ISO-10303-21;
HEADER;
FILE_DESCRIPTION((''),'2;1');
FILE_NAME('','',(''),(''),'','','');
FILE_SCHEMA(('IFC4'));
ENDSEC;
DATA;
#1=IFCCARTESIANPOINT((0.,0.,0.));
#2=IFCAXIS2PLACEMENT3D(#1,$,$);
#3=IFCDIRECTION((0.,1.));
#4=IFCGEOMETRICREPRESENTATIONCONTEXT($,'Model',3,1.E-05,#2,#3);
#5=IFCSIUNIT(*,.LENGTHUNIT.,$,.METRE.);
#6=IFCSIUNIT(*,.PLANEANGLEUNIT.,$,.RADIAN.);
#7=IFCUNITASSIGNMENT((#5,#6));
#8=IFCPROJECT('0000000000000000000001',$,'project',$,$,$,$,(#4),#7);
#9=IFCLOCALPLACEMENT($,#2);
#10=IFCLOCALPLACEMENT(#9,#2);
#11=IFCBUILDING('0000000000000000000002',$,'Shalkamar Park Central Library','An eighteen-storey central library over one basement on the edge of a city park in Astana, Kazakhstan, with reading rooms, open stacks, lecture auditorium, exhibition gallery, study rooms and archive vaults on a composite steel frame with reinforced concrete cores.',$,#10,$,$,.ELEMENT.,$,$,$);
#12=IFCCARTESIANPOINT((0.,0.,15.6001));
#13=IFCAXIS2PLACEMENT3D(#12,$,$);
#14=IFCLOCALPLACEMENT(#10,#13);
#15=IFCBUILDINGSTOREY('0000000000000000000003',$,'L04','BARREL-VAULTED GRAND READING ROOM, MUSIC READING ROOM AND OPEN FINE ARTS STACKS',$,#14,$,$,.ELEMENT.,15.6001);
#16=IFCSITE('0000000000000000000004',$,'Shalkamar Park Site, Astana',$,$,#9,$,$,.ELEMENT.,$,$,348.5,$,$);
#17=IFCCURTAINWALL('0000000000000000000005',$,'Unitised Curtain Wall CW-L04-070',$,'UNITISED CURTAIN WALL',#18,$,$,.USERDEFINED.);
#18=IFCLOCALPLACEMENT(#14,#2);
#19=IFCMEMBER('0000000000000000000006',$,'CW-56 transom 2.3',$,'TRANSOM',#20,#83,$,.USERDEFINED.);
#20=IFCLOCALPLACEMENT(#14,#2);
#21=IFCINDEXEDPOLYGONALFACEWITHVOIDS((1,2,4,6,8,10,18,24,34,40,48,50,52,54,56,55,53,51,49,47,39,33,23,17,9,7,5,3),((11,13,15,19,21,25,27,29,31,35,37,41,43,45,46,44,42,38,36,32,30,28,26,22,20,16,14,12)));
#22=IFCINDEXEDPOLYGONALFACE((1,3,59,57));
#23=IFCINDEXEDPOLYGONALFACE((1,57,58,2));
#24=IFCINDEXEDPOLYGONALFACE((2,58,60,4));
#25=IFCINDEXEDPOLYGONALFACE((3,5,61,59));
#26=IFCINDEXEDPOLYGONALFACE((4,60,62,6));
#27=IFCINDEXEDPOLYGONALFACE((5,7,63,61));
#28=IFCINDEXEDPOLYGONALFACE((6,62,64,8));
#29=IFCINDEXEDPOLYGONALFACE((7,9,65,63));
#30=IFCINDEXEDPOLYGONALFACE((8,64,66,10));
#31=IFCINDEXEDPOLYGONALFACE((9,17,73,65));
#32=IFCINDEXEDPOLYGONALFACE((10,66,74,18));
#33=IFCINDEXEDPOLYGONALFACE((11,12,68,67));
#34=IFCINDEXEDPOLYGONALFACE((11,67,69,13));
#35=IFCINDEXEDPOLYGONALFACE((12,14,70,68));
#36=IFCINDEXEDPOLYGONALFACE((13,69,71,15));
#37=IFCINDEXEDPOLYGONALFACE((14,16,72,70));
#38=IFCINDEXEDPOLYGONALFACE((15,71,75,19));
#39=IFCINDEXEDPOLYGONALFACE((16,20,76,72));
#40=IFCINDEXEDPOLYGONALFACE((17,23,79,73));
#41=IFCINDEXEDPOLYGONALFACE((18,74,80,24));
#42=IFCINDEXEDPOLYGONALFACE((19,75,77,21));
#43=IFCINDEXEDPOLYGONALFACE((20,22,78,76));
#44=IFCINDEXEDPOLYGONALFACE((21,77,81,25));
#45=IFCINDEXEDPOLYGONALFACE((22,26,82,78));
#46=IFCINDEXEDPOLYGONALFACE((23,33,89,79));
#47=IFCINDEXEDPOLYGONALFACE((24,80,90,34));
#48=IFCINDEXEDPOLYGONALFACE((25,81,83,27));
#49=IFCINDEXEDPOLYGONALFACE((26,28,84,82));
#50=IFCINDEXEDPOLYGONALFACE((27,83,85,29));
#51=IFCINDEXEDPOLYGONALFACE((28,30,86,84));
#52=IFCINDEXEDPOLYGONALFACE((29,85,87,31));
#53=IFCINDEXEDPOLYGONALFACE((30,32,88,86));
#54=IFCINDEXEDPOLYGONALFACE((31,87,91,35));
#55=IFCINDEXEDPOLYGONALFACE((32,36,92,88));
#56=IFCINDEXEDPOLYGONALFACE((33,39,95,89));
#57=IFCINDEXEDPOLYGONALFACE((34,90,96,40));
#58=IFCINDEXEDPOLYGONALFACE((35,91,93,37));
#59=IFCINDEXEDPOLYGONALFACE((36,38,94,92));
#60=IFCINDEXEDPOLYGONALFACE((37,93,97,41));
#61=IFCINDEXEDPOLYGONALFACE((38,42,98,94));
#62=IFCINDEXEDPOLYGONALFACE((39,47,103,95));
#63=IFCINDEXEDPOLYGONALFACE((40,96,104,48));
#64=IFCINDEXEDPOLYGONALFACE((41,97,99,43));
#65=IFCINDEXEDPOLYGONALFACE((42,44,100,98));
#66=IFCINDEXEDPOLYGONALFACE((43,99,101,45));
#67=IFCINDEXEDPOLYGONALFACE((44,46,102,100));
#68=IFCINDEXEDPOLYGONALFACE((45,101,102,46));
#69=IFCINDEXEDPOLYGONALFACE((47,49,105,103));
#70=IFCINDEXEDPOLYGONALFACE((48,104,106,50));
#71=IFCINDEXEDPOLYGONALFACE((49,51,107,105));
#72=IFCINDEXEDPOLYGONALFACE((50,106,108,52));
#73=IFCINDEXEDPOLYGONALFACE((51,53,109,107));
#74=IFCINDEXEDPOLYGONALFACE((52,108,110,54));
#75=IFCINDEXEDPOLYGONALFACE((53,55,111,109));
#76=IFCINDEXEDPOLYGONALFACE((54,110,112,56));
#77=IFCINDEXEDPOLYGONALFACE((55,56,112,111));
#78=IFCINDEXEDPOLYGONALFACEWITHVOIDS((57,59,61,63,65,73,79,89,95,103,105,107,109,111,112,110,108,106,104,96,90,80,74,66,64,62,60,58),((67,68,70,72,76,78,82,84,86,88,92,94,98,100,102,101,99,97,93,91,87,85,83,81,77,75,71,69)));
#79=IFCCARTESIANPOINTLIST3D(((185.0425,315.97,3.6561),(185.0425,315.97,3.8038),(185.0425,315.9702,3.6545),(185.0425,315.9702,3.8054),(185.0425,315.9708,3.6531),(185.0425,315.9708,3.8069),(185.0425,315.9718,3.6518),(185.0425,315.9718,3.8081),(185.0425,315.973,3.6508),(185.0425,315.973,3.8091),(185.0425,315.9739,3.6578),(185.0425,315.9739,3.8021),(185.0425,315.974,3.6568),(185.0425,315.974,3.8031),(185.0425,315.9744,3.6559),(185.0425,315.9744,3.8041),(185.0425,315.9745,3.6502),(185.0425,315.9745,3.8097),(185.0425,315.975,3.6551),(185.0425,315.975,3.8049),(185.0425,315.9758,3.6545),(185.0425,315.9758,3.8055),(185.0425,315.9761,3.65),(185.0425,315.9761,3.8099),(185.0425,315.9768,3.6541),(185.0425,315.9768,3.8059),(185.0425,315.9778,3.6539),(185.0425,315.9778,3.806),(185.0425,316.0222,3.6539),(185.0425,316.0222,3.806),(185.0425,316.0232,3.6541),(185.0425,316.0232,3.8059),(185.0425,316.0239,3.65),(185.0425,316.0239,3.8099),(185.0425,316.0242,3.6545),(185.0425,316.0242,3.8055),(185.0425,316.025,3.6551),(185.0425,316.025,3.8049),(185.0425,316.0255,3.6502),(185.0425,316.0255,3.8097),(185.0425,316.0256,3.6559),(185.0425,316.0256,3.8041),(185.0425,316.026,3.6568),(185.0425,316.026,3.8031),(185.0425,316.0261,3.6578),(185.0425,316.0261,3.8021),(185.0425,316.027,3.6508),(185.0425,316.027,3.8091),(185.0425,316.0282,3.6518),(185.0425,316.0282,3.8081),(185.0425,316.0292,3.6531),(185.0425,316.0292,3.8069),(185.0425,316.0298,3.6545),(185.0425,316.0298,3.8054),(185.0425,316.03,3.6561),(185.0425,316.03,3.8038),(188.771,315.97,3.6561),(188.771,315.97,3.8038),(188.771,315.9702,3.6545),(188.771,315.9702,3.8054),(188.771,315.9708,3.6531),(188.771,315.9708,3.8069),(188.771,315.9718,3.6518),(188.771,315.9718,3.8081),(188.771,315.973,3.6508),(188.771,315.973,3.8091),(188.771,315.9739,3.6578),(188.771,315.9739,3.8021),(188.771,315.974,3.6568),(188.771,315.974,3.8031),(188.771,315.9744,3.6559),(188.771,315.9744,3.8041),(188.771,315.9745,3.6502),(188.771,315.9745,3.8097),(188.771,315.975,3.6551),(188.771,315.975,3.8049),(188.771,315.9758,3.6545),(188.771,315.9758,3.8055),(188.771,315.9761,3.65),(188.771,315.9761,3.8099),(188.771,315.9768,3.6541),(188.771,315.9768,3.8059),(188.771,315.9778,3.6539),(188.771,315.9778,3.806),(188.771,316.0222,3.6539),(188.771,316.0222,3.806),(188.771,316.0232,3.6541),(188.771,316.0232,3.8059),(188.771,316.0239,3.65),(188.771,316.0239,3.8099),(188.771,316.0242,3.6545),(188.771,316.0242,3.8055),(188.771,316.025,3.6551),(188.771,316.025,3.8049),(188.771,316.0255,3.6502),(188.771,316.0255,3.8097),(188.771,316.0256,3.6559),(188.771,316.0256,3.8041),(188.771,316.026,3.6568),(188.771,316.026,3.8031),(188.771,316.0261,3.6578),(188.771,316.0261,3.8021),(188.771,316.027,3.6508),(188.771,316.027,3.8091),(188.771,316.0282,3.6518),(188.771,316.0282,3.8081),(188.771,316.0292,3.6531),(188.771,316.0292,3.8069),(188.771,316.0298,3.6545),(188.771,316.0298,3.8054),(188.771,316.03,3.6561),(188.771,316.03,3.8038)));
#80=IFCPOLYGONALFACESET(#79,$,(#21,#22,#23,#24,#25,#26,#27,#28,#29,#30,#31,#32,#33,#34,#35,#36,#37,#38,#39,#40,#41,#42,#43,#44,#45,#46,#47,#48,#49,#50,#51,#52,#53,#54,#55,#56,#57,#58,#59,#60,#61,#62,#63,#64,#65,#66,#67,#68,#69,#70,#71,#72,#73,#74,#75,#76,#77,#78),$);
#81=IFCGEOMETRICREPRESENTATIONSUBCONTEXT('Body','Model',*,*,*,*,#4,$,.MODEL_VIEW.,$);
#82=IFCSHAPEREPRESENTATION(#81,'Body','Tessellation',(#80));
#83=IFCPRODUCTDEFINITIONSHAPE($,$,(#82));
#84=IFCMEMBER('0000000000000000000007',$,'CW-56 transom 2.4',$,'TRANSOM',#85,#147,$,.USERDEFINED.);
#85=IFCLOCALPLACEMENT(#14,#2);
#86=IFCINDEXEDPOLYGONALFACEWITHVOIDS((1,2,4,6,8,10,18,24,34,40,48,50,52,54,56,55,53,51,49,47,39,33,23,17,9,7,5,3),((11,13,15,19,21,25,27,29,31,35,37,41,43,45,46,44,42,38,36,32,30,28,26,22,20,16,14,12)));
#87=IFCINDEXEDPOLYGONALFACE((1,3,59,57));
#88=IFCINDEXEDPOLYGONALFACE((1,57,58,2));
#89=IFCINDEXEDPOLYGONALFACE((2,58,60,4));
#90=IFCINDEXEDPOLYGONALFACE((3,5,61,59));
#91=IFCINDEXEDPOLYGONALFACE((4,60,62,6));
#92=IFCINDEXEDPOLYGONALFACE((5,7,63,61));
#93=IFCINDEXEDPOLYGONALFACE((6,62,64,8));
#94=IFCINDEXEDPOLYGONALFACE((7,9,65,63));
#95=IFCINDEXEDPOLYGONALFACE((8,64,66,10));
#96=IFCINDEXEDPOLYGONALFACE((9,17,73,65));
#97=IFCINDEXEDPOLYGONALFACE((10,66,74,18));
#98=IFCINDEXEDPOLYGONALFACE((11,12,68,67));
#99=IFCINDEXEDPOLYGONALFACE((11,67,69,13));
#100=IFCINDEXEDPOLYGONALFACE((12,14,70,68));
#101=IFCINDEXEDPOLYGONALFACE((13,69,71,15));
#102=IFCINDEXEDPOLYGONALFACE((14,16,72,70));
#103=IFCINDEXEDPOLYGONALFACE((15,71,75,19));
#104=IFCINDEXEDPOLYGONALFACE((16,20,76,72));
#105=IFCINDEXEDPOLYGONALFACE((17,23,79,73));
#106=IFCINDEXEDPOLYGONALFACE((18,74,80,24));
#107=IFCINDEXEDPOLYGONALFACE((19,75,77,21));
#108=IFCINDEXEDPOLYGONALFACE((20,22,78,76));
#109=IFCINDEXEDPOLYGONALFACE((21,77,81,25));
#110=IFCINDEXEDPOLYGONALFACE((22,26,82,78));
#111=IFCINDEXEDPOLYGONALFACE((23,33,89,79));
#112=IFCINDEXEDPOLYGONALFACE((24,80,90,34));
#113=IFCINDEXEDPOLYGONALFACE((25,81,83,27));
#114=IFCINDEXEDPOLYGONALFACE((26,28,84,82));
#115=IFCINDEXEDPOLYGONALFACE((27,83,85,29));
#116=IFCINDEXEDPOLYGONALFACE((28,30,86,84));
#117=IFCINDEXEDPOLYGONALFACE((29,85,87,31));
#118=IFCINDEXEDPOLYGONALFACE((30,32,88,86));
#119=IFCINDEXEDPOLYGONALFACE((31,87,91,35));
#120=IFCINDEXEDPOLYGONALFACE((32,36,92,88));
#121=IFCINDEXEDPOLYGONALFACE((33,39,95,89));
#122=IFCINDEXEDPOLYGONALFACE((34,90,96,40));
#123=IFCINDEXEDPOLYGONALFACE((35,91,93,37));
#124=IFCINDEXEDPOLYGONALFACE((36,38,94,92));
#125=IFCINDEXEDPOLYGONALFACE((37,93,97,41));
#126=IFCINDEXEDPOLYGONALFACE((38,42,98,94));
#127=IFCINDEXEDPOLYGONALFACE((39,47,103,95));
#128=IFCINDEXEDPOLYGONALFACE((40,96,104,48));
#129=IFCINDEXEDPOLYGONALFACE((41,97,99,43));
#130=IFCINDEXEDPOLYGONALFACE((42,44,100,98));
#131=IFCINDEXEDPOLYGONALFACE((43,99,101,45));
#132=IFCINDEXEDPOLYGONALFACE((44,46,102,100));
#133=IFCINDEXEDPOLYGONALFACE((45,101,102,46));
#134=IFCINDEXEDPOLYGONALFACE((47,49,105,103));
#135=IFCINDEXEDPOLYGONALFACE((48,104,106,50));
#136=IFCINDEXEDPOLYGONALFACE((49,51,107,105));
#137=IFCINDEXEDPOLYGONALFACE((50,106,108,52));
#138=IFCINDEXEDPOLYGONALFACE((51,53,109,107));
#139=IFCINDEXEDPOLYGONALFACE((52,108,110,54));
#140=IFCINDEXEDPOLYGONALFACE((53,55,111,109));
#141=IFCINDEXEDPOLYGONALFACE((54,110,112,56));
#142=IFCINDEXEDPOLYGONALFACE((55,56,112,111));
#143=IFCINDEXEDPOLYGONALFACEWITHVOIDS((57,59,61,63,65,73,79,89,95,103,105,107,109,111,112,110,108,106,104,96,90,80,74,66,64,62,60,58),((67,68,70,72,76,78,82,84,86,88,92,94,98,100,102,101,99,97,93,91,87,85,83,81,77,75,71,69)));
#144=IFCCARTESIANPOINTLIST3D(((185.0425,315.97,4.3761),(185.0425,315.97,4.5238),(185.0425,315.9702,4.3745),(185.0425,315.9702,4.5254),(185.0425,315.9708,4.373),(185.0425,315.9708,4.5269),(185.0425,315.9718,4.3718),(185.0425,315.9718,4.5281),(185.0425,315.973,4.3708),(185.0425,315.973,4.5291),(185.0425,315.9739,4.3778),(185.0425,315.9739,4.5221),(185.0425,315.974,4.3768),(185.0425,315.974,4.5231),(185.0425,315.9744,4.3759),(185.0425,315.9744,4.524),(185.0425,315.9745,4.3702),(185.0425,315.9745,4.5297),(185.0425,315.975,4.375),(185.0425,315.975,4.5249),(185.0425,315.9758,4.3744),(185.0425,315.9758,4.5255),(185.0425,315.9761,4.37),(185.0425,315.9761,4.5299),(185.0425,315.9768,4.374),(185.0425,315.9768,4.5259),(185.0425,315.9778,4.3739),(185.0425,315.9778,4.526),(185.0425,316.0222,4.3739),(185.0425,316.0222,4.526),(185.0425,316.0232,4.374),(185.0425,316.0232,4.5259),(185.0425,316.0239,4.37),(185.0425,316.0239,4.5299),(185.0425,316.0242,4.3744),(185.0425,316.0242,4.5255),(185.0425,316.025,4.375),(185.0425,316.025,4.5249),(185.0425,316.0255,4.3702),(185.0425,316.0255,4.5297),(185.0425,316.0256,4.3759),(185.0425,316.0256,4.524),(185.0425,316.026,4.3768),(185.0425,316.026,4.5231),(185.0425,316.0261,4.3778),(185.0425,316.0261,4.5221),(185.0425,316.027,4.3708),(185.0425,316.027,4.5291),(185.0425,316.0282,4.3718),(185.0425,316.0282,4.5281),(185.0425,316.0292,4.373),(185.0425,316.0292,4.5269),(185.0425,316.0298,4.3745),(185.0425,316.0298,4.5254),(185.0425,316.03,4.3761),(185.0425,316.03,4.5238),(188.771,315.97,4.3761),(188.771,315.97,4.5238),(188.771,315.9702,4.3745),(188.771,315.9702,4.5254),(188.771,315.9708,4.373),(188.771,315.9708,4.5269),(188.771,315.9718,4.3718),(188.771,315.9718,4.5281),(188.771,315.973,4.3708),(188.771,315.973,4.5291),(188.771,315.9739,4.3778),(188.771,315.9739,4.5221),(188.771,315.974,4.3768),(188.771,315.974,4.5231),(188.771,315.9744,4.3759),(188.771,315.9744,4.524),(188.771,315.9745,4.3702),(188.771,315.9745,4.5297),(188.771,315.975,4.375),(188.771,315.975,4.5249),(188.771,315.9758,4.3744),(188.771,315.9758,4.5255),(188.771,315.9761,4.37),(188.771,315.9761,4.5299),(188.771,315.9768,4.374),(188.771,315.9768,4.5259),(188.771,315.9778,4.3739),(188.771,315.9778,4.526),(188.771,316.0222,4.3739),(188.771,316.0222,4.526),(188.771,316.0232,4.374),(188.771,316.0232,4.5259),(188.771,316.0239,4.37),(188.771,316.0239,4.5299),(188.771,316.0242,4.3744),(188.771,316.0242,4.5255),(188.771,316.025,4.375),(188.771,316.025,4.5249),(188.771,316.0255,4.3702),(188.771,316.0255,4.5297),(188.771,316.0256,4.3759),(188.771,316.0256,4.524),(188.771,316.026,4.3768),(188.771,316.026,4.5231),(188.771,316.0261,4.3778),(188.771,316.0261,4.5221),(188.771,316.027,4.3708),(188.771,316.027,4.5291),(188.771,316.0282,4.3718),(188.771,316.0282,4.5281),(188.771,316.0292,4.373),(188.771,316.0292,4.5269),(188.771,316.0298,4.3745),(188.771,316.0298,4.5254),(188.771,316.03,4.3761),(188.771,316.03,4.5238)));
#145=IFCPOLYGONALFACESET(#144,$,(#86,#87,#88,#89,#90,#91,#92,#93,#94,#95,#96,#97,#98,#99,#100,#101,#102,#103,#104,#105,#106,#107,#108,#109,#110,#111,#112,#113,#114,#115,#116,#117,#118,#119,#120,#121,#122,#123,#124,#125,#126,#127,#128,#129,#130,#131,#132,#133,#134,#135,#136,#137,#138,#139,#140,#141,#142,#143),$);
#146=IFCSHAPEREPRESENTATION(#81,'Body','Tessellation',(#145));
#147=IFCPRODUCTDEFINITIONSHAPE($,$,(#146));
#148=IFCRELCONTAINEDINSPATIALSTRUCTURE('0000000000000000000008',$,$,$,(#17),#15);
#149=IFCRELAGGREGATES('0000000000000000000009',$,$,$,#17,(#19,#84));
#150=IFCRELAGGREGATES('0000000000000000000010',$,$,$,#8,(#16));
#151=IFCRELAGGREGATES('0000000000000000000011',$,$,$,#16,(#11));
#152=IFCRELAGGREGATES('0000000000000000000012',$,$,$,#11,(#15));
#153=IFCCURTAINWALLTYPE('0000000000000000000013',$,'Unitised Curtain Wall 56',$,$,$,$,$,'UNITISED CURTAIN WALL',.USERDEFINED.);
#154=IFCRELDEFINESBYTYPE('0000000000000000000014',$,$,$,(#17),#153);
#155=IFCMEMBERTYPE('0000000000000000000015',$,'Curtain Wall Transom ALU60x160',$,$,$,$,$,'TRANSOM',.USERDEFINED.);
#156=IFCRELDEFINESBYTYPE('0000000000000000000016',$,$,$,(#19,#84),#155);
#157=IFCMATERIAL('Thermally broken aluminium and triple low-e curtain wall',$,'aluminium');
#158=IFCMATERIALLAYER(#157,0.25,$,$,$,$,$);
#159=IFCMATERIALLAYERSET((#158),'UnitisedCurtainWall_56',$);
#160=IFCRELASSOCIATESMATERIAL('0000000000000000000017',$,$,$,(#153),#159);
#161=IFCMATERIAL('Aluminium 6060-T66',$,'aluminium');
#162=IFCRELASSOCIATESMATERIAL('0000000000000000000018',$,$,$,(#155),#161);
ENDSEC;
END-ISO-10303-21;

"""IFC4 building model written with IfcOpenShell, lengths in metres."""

from ifc_helpers import new_model, si_unit, direction, frame, origin, origin_2d, place, context, subcontext, project, spatial, hollow_rectangle, extrude, material, layer, layer_set, material_profile, profile_set, type_object, element, aggregate, save


model = new_model("IFC4")

# Units and contexts
model_context = context("Model", 3, precision=1e-05, world=origin(), true_north=direction((0.0, 1.0)))
body_context = subcontext(model_context, "Body", "Model", "MODEL_VIEW")
ifc_project = project(units=[si_unit("LENGTHUNIT", "METRE"), si_unit("PLANEANGLEUNIT", "RADIAN")], contexts=[model_context])

# Site, building, storey
site_placement = place(None, origin())
site = spatial("IfcSite", under=ifc_project, at=site_placement, Name="Shalkamar Park Site, Astana", CompositionType="ELEMENT", RefElevation=348.5)
building_placement = place(site_placement, origin())
building = spatial("IfcBuilding", under=site, at=building_placement, Name="Shalkamar Park Central Library", Description="An eighteen-storey central library over one basement on the edge of a city park in Astana, Kazakhstan, with reading rooms, open stacks, lecture auditorium, exhibition gallery, study rooms and archive vaults on a composite steel frame with reinforced concrete cores.", CompositionType="ELEMENT")
storey_placement = place(building_placement, frame((0.0, 0.0, 15.6001)))
storey = spatial("IfcBuildingStorey", under=building, at=storey_placement, Name="L04", Description="BARREL-VAULTED GRAND READING ROOM, MUSIC READING ROOM AND OPEN FINE ARTS STACKS", CompositionType="ELEMENT", Elevation=15.6001)

# Curtain wall
ifc_material_1 = material(Name="Thermally broken aluminium and triple low-e curtain wall", Category="aluminium")
ifc_layer_1 = layer(ifc_material_1, 0.25)
ifc_layer_set_1 = layer_set([ifc_layer_1], Name="UnitisedCurtainWall_56")
curtain_wall_type_1 = type_object("IfcCurtainWallType", Name="Unitised Curtain Wall 56", ElementType="UNITISED CURTAIN WALL", PredefinedType="USERDEFINED", material=ifc_layer_set_1)
curtain_wall_1_placement = place(storey_placement, origin())
curtain_wall_1 = element("IfcCurtainWall", 1, at=curtain_wall_1_placement, inside=storey, type_object=curtain_wall_type_1, Name="Unitised Curtain Wall CW-L04-070", ObjectType="UNITISED CURTAIN WALL", PredefinedType="USERDEFINED")
ifc_material_2 = material(Name="Aluminium 6060-T66", Category="aluminium")

# Members
ifc_material_profile_1 = material_profile(ifc_material_2, hollow_rectangle(XDim=0.0601, YDim=0.1599, WallThickness=0.0039, InnerFilletRadius=0.0039, OuterFilletRadius=0.0061, at=origin_2d()), Name="ALU 60x160x4")
ifc_profile_set_1 = profile_set([ifc_material_profile_1], Name="Aluminium 6060-T66")
member_type_1 = type_object("IfcMemberType", Name="Curtain Wall Transom ALU60x160", ElementType="TRANSOM", PredefinedType="USERDEFINED", material=ifc_profile_set_1)
member_1_placement = place(storey_placement, frame((185.0425, 316.0, 3.73), z_axis=(1.0, 0.0, 0.0), x_axis=(0.0, 1.0, 0.0)))
member_1 = element("IfcMember", 2, at=member_1_placement, type_object=member_type_1, Name="CW-56 transom 2.3", ObjectType="TRANSOM", PredefinedType="USERDEFINED", context=body_context, shape_type="SweptSolid", body=[
    extrude(hollow_rectangle(XDim=0.0601, YDim=0.1599, WallThickness=0.0039, InnerFilletRadius=0.0039, OuterFilletRadius=0.0061, at=origin_2d()), origin(), (0.0, 0.0, 1.0), 3.7285),
])
member_2_placement = place(storey_placement, frame((185.0425, 316.0, 4.45), z_axis=(1.0, 0.0, 0.0), x_axis=(0.0, 1.0, 0.0)))
member_2 = element("IfcMember", 3, at=member_2_placement, type_object=member_type_1, Name="CW-56 transom 2.4", ObjectType="TRANSOM", PredefinedType="USERDEFINED", context=body_context, shape_type="SweptSolid", body=[
    extrude(hollow_rectangle(XDim=0.0601, YDim=0.1599, WallThickness=0.0039, InnerFilletRadius=0.0039, OuterFilletRadius=0.0061, at=origin_2d()), origin(), (0.0, 0.0, 1.0), 3.7285),
])

aggregate(curtain_wall_1, [member_1, member_2])

save(model, "model.ifc")
